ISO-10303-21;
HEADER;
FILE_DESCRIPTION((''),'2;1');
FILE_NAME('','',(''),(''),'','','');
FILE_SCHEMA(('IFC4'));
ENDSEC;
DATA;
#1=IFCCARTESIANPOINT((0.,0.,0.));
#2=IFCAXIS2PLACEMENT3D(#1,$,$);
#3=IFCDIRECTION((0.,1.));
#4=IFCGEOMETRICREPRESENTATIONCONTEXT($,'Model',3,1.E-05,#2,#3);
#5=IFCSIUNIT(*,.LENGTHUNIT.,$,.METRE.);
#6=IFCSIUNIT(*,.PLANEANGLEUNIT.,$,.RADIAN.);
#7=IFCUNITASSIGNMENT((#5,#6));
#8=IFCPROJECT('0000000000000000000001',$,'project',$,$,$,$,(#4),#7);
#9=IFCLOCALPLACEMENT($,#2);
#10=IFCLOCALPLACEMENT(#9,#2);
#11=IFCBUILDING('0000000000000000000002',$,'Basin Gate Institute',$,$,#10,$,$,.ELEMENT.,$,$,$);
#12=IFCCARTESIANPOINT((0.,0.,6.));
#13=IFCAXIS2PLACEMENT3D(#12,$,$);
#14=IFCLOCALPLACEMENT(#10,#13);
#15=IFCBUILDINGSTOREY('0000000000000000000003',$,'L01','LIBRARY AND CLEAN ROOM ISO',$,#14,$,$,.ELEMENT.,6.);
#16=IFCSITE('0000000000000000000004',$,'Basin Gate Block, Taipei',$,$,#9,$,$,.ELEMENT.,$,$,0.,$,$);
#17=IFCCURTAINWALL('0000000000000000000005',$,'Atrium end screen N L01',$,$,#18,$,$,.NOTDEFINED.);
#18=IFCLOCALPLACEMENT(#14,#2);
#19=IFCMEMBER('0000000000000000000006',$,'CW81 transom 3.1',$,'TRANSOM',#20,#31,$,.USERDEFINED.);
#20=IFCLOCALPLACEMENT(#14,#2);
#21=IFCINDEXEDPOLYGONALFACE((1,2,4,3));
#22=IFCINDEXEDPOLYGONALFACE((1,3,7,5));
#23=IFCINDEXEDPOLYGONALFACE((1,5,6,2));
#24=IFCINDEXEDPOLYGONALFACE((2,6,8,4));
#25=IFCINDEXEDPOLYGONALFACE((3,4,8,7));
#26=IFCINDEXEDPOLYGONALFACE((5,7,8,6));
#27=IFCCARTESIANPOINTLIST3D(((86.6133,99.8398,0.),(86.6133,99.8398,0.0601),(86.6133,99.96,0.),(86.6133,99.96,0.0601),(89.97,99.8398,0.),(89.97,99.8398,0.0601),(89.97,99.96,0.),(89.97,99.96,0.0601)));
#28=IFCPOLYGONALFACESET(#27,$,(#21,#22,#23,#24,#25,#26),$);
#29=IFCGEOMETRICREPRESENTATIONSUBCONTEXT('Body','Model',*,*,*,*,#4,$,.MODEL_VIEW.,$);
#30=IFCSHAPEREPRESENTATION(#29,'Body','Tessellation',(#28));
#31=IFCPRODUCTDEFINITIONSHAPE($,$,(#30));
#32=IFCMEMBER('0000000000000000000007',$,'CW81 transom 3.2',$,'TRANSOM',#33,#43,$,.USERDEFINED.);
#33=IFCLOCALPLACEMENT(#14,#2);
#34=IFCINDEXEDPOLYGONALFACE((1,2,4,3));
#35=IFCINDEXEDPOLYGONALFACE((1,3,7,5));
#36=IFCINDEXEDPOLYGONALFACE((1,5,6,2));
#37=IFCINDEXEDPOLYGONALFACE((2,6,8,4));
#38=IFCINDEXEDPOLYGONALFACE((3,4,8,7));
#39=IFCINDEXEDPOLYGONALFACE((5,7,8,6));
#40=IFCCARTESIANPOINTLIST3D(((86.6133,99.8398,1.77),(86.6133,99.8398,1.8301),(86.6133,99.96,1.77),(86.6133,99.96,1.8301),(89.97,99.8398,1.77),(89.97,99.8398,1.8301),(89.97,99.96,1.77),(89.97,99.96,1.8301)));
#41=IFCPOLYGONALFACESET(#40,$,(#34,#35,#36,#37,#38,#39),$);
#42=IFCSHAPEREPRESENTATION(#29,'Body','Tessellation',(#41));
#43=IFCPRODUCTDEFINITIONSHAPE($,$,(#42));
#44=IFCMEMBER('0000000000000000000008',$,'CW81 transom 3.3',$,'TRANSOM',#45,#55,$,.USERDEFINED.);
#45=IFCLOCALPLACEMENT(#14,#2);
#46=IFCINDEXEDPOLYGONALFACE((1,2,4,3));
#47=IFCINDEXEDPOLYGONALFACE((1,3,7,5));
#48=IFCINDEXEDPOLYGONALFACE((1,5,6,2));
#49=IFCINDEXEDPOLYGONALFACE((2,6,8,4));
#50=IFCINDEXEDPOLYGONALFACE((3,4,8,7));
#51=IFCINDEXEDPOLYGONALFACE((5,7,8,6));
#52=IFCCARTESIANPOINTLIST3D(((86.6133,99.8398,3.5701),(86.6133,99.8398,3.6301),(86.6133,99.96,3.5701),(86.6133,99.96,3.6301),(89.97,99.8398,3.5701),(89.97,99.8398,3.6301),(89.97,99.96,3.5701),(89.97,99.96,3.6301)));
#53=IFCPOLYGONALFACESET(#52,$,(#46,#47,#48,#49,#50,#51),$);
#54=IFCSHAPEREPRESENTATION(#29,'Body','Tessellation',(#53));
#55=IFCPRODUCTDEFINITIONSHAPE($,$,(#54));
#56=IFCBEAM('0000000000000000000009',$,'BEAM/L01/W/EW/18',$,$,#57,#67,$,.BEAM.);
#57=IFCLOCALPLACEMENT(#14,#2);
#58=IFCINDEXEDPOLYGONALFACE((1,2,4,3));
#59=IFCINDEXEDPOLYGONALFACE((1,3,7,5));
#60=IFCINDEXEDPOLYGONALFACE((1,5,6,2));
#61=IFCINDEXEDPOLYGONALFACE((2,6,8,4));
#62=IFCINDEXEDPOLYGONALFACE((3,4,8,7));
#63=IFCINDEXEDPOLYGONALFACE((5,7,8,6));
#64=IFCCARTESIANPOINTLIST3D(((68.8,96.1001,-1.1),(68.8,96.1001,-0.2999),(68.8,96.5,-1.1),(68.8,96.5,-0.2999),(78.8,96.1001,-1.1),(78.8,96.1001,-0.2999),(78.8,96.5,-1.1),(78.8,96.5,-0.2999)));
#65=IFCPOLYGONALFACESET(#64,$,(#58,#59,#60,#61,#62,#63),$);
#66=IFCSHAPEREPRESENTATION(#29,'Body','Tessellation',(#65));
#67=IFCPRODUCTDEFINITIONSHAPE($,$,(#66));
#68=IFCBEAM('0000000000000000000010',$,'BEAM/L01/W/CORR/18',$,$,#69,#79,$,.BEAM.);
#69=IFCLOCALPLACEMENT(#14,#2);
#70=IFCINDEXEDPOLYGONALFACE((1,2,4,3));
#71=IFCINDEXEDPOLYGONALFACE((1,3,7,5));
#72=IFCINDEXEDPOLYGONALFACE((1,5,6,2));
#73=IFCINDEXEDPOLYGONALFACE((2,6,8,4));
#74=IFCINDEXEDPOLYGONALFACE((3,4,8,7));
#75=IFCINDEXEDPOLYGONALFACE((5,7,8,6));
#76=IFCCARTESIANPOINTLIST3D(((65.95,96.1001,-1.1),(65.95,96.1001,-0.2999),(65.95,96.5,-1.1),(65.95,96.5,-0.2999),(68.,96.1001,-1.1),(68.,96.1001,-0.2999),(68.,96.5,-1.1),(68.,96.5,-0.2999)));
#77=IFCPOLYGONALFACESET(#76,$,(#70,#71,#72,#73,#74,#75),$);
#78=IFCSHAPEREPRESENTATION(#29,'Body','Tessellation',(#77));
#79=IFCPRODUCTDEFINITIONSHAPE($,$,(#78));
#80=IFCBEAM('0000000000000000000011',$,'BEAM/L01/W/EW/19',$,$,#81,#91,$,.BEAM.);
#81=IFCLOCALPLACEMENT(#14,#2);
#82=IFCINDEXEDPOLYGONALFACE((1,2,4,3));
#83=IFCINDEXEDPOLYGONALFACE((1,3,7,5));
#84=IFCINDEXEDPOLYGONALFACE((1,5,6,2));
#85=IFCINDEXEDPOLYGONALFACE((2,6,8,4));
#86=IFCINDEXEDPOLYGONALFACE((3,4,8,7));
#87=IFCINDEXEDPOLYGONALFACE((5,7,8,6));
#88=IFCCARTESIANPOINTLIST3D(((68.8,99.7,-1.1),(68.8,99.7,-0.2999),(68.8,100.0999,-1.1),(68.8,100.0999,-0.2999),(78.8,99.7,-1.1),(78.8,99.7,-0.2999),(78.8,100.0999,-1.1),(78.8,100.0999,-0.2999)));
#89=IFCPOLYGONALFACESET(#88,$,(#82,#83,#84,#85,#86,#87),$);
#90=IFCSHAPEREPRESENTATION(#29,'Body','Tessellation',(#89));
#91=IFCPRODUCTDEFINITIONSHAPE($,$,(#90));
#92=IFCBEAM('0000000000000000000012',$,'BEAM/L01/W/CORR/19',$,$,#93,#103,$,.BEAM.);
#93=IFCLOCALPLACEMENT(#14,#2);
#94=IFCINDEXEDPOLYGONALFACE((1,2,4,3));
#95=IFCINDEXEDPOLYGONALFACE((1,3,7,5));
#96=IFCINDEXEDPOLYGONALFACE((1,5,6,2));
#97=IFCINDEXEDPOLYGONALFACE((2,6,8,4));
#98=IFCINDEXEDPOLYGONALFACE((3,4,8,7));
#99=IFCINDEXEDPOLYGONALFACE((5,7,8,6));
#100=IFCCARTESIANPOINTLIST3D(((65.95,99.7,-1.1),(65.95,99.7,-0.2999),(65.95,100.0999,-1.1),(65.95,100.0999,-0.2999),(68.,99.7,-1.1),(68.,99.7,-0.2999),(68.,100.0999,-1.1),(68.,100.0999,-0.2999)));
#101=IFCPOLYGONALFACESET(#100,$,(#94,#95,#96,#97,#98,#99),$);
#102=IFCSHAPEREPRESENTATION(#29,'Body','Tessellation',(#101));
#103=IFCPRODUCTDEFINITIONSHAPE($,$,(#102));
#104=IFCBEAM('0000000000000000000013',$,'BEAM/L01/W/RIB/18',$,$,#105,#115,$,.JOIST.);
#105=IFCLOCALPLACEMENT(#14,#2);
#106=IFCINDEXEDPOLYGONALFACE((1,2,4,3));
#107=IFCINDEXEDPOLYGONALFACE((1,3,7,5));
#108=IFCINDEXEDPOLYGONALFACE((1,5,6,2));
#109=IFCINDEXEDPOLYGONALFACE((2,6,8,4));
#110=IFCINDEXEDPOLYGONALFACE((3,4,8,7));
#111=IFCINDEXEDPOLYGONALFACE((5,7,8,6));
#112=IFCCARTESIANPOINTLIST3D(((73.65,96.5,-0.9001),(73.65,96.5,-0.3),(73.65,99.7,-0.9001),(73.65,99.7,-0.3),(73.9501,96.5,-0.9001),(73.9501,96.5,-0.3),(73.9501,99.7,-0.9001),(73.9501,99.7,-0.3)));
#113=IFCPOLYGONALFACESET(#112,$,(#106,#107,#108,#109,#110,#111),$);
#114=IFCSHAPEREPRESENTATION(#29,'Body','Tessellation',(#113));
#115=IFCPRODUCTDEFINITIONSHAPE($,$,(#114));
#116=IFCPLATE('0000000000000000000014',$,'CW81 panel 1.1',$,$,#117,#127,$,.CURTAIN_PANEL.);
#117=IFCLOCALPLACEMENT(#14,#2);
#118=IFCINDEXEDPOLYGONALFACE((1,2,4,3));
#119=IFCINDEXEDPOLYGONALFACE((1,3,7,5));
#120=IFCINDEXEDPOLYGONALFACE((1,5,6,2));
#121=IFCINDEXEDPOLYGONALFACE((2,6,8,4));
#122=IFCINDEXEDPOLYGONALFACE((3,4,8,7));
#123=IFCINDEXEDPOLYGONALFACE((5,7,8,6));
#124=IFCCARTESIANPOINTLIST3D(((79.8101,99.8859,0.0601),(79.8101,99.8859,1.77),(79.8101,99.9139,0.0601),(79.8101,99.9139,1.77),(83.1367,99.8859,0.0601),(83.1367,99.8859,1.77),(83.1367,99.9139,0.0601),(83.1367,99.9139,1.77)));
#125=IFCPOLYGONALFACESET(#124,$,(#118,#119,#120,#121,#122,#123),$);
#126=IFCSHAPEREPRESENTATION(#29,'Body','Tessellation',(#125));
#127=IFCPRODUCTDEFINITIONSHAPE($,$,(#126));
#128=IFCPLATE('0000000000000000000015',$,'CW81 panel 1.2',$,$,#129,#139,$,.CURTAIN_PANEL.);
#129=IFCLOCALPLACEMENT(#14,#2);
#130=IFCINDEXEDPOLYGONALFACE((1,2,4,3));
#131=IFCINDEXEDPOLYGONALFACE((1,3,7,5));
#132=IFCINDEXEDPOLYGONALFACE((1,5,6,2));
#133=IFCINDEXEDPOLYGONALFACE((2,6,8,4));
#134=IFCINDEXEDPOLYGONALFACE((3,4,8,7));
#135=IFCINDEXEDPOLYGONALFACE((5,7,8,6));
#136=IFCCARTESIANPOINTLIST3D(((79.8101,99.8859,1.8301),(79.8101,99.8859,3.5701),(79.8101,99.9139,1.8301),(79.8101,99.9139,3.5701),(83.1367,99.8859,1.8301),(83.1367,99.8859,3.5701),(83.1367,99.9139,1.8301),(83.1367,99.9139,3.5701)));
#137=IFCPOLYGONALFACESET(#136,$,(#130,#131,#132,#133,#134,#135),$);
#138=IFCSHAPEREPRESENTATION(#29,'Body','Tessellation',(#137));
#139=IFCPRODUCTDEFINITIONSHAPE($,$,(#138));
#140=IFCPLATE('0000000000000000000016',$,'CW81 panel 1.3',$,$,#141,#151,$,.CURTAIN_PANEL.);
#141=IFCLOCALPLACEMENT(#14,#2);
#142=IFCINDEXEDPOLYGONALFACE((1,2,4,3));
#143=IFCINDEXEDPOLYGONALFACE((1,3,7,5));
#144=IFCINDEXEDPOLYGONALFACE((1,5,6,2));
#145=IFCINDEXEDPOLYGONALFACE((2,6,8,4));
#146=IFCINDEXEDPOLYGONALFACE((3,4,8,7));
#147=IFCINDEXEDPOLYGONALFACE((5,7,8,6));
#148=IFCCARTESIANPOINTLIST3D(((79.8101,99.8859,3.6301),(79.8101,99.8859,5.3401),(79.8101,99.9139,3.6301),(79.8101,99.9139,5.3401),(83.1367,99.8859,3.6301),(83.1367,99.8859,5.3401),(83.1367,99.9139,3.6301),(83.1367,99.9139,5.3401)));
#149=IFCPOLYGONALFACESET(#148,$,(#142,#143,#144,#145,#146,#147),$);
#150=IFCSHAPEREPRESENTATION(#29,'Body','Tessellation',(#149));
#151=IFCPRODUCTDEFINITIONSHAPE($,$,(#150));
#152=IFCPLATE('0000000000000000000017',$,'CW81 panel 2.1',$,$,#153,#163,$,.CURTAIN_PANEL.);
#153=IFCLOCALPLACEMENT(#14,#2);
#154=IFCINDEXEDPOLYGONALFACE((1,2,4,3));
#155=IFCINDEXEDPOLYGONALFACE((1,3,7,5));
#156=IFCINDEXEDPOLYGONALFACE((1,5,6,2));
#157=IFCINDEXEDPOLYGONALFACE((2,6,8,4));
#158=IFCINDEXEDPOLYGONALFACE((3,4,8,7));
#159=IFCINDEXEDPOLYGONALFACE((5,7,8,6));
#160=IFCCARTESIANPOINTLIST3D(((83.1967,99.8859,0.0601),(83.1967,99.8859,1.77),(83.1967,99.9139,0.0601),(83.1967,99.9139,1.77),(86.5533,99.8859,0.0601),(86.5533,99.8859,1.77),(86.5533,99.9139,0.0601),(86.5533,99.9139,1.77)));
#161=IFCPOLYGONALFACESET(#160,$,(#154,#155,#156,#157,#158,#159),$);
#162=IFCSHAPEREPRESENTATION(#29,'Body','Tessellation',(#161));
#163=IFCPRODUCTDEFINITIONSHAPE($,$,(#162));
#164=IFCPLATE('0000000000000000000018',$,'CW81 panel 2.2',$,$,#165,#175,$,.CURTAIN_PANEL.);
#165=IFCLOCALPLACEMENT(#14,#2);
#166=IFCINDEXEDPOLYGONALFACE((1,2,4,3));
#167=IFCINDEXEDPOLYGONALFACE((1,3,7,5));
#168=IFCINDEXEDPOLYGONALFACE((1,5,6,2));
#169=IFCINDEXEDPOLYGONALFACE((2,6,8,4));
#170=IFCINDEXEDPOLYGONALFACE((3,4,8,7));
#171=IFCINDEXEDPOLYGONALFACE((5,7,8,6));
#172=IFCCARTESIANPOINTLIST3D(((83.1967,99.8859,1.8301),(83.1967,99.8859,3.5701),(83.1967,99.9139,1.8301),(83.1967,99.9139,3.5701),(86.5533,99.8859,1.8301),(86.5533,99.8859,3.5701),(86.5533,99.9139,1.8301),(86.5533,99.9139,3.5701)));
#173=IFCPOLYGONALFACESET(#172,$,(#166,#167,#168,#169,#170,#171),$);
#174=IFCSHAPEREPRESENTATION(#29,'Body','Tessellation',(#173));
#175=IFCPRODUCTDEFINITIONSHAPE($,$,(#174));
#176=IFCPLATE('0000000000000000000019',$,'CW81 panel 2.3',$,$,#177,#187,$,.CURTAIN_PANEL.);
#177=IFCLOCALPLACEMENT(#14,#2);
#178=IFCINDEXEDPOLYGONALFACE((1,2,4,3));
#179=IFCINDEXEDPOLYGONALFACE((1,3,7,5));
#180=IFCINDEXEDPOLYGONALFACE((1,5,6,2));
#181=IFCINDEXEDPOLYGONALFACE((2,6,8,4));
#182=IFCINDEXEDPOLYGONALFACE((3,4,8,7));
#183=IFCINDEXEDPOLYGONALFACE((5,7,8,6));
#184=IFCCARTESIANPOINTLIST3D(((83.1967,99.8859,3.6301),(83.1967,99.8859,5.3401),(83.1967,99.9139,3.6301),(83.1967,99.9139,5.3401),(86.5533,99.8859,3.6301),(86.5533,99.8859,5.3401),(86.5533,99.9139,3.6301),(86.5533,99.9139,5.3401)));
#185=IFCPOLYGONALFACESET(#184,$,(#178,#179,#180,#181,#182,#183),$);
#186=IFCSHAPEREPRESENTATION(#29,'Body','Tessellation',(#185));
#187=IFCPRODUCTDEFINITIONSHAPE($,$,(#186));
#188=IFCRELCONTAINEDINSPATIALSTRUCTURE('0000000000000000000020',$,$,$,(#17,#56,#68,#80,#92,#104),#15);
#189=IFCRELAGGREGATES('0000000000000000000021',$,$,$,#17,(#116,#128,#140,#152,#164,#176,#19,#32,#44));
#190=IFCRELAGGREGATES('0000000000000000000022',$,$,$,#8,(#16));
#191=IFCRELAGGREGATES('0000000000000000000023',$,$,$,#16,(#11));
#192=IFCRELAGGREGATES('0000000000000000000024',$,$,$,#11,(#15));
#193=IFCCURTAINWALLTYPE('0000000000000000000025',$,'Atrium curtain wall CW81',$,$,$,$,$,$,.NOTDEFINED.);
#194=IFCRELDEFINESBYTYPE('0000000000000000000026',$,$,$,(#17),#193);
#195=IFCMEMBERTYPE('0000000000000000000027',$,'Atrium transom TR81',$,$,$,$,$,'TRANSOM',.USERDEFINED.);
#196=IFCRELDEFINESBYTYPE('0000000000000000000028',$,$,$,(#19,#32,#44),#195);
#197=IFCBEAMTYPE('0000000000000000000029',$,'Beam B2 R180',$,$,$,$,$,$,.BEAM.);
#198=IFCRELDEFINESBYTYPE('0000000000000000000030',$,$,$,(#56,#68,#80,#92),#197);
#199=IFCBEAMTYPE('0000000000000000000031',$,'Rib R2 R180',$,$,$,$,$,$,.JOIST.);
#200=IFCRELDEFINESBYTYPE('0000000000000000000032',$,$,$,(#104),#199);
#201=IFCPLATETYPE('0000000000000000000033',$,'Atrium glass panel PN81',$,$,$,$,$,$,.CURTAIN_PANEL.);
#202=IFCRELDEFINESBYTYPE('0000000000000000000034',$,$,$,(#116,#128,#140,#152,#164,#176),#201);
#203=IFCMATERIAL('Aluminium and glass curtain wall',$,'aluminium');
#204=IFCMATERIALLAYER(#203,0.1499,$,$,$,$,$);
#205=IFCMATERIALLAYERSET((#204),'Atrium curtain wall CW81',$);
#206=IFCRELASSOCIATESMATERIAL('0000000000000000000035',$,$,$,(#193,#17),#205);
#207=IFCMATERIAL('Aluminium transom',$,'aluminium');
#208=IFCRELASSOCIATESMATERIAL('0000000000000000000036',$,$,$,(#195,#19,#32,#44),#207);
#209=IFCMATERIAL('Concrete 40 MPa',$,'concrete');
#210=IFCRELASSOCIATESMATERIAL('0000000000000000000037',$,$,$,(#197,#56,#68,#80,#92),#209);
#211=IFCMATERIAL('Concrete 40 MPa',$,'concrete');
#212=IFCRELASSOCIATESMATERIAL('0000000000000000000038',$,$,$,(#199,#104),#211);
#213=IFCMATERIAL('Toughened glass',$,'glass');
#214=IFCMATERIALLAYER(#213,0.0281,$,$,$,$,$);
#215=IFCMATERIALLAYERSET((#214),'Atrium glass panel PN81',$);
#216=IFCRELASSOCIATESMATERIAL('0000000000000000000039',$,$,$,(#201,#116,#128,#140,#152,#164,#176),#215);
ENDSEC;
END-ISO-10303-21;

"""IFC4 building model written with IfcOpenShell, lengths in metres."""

from ifc_helpers import new_model, si_unit, direction, frame, origin, origin_2d, place, context, subcontext, project, spatial, rectangle, extrude, material, layer, layer_set, material_profile, profile_set, type_object, element, aggregate, save


model = new_model("IFC4")

# Units and contexts
model_context = context("Model", 3, precision=1e-05, world=origin(), true_north=direction((0.0, 1.0)))
body_context = subcontext(model_context, "Body", "Model", "MODEL_VIEW")
ifc_project = project(units=[si_unit("LENGTHUNIT", "METRE"), si_unit("PLANEANGLEUNIT", "RADIAN")], contexts=[model_context])

# Site, building, storey
site_placement = place(None, origin())
site = spatial("IfcSite", under=ifc_project, at=site_placement, Name="Basin Gate Block, Taipei", CompositionType="ELEMENT", RefElevation=0.0)
building_placement = place(site_placement, origin())
building = spatial("IfcBuilding", under=site, at=building_placement, Name="Basin Gate Institute", CompositionType="ELEMENT")
storey_placement = place(building_placement, frame((0.0, 0.0, 6.0)))
storey = spatial("IfcBuildingStorey", under=building, at=storey_placement, Name="L01", Description="LIBRARY AND CLEAN ROOM ISO", CompositionType="ELEMENT", Elevation=6.0)

# Curtain wall, members
ifc_material_1 = material(Name="Aluminium and glass curtain wall", Category="aluminium")
ifc_layer_1 = layer(ifc_material_1, 0.1499)
ifc_layer_set_1 = layer_set([ifc_layer_1], Name="Atrium curtain wall CW81")
curtain_wall_type = type_object("IfcCurtainWallType", Name="Atrium curtain wall CW81", PredefinedType="NOTDEFINED", material=ifc_layer_set_1)
curtain_wall_placement = place(storey_placement, origin())
curtain_wall = element("IfcCurtainWall", 1, at=curtain_wall_placement, inside=storey, type_object=curtain_wall_type, material=ifc_layer_set_1, Name="Atrium end screen N L01", PredefinedType="NOTDEFINED")
ifc_material_2 = material(Name="Aluminium transom", Category="aluminium")
ifc_material_profile_1 = material_profile(ifc_material_2, rectangle(XDim=0.1201, YDim=0.0601, at=origin_2d()), Name="Atrium transom TR81 120 x 60")
ifc_profile_set_1 = profile_set([ifc_material_profile_1], Name="Aluminium transom")
member_type_1 = type_object("IfcMemberType", Name="Atrium transom TR81", ElementType="TRANSOM", PredefinedType="USERDEFINED", material=ifc_profile_set_1)
member_1_placement = place(storey_placement, frame((86.6133, 99.8999, 0.03), z_axis=(1.0, 0.0, 0.0), x_axis=(0.0, 1.0, 0.0)))
member_1 = element("IfcMember", 2, at=member_1_placement, type_object=member_type_1, material=ifc_profile_set_1, Name="CW81 transom 3.1", ObjectType="TRANSOM", PredefinedType="USERDEFINED", context=body_context, shape_type="SweptSolid", body=[
    extrude(rectangle(XDim=0.1201, YDim=0.0601, at=origin_2d()), origin(), (0.0, 0.0, 1.0), 3.3567),
])
member_2_placement = place(storey_placement, frame((86.6133, 99.8999, 1.8), z_axis=(1.0, 0.0, 0.0), x_axis=(0.0, 1.0, 0.0)))
member_2 = element("IfcMember", 3, at=member_2_placement, type_object=member_type_1, material=ifc_profile_set_1, Name="CW81 transom 3.2", ObjectType="TRANSOM", PredefinedType="USERDEFINED", context=body_context, shape_type="SweptSolid", body=[
    extrude(rectangle(XDim=0.1201, YDim=0.0601, at=origin_2d()), origin(), (0.0, 0.0, 1.0), 3.3567),
])
member_3_placement = place(storey_placement, frame((86.6133, 99.8999, 3.6001), z_axis=(1.0, 0.0, 0.0), x_axis=(0.0, 1.0, 0.0)))
member_3 = element("IfcMember", 4, at=member_3_placement, type_object=member_type_1, material=ifc_profile_set_1, Name="CW81 transom 3.3", ObjectType="TRANSOM", PredefinedType="USERDEFINED", context=body_context, shape_type="SweptSolid", body=[
    extrude(rectangle(XDim=0.1201, YDim=0.0601, at=origin_2d()), origin(), (0.0, 0.0, 1.0), 3.3567),
])

# Beams
ifc_material_3 = material(Name="Concrete 40 MPa", Category="concrete")
ifc_material_profile_2 = material_profile(ifc_material_3, rectangle(XDim=0.3999, YDim=0.8, at=origin_2d()), Name="Beam B2 400 x 800")
ifc_profile_set_2 = profile_set([ifc_material_profile_2], Name="Concrete 40 MPa")
beam_type_1 = type_object("IfcBeamType", Name="Beam B2 R180", PredefinedType="BEAM", material=ifc_profile_set_2)
beam_1_placement = place(storey_placement, frame((68.8, 96.3, -0.7), z_axis=(1.0, 0.0, 0.0), x_axis=(0.0, 1.0, 0.0)))
element("IfcBeam", 5, at=beam_1_placement, inside=storey, type_object=beam_type_1, material=ifc_profile_set_2, Name="BEAM/L01/W/EW/18", PredefinedType="BEAM", context=body_context, shape_type="SweptSolid", body=[
    extrude(rectangle(XDim=0.3999, YDim=0.8, at=origin_2d()), origin(), (0.0, 0.0, 1.0), 10.0),
])
beam_2_placement = place(storey_placement, frame((65.95, 96.3, -0.7), z_axis=(1.0, 0.0, 0.0), x_axis=(0.0, 1.0, 0.0)))
element("IfcBeam", 6, at=beam_2_placement, inside=storey, type_object=beam_type_1, material=ifc_profile_set_2, Name="BEAM/L01/W/CORR/18", PredefinedType="BEAM", context=body_context, shape_type="SweptSolid", body=[
    extrude(rectangle(XDim=0.3999, YDim=0.8, at=origin_2d()), origin(), (0.0, 0.0, 1.0), 2.05),
])
beam_3_placement = place(storey_placement, frame((68.8, 99.8999, -0.7), z_axis=(1.0, 0.0, 0.0), x_axis=(0.0, 1.0, 0.0)))
element("IfcBeam", 7, at=beam_3_placement, inside=storey, type_object=beam_type_1, material=ifc_profile_set_2, Name="BEAM/L01/W/EW/19", PredefinedType="BEAM", context=body_context, shape_type="SweptSolid", body=[
    extrude(rectangle(XDim=0.3999, YDim=0.8, at=origin_2d()), origin(), (0.0, 0.0, 1.0), 10.0),
])
beam_4_placement = place(storey_placement, frame((65.95, 99.8999, -0.7), z_axis=(1.0, 0.0, 0.0), x_axis=(0.0, 1.0, 0.0)))
element("IfcBeam", 8, at=beam_4_placement, inside=storey, type_object=beam_type_1, material=ifc_profile_set_2, Name="BEAM/L01/W/CORR/19", PredefinedType="BEAM", context=body_context, shape_type="SweptSolid", body=[
    extrude(rectangle(XDim=0.3999, YDim=0.8, at=origin_2d()), origin(), (0.0, 0.0, 1.0), 2.05),
])
ifc_material_4 = material(Name="Concrete 40 MPa", Category="concrete")
ifc_material_profile_3 = material_profile(ifc_material_4, rectangle(XDim=0.3, YDim=0.6001, at=origin_2d()), Name="Rib R2 300 x 600")
ifc_profile_set_3 = profile_set([ifc_material_profile_3], Name="Concrete 40 MPa")
beam_type_2 = type_object("IfcBeamType", Name="Rib R2 R180", PredefinedType="JOIST", material=ifc_profile_set_3)
beam_5_placement = place(storey_placement, frame((73.8, 96.5, -0.6001), z_axis=(0.0, 1.0, 0.0), x_axis=(-1.0, 0.0, 0.0)))
element("IfcBeam", 9, at=beam_5_placement, inside=storey, type_object=beam_type_2, material=ifc_profile_set_3, Name="BEAM/L01/W/RIB/18", PredefinedType="JOIST", context=body_context, shape_type="SweptSolid", body=[
    extrude(rectangle(XDim=0.3, YDim=0.6001, at=origin_2d()), origin(), (0.0, 0.0, 1.0), 3.2),
])

# Plates
ifc_material_5 = material(Name="Toughened glass", Category="glass")
ifc_layer_2 = layer(ifc_material_5, 0.0281)
ifc_layer_set_2 = layer_set([ifc_layer_2], Name="Atrium glass panel PN81")
plate_type = type_object("IfcPlateType", Name="Atrium glass panel PN81", PredefinedType="CURTAIN_PANEL", material=ifc_layer_set_2)
plate_1_placement = place(storey_placement, frame((81.4734, 99.8999, 0.0601), z_axis=(0.0, 0.0, 1.0), x_axis=(1.0, 0.0, 0.0)))
plate_1 = element("IfcPlate", 10, at=plate_1_placement, type_object=plate_type, material=ifc_layer_set_2, Name="CW81 panel 1.1", PredefinedType="CURTAIN_PANEL", context=body_context, shape_type="SweptSolid", body=[
    extrude(rectangle(XDim=3.3267, YDim=0.0281, at=origin_2d()), origin(), (0.0, 0.0, 1.0), 1.71),
])
plate_2_placement = place(storey_placement, frame((81.4734, 99.8999, 1.8301), z_axis=(0.0, 0.0, 1.0), x_axis=(1.0, 0.0, 0.0)))
plate_2 = element("IfcPlate", 11, at=plate_2_placement, type_object=plate_type, material=ifc_layer_set_2, Name="CW81 panel 1.2", PredefinedType="CURTAIN_PANEL", context=body_context, shape_type="SweptSolid", body=[
    extrude(rectangle(XDim=3.3267, YDim=0.0281, at=origin_2d()), origin(), (0.0, 0.0, 1.0), 1.74),
])
plate_3_placement = place(storey_placement, frame((81.4734, 99.8999, 3.6301), z_axis=(0.0, 0.0, 1.0), x_axis=(1.0, 0.0, 0.0)))
plate_3 = element("IfcPlate", 12, at=plate_3_placement, type_object=plate_type, material=ifc_layer_set_2, Name="CW81 panel 1.3", PredefinedType="CURTAIN_PANEL", context=body_context, shape_type="SweptSolid", body=[
    extrude(rectangle(XDim=3.3267, YDim=0.0281, at=origin_2d()), origin(), (0.0, 0.0, 1.0), 1.71),
])
plate_4_placement = place(storey_placement, frame((84.875, 99.8999, 0.0601), z_axis=(0.0, 0.0, 1.0), x_axis=(1.0, 0.0, 0.0)))
plate_4 = element("IfcPlate", 13, at=plate_4_placement, type_object=plate_type, material=ifc_layer_set_2, Name="CW81 panel 2.1", PredefinedType="CURTAIN_PANEL", context=body_context, shape_type="SweptSolid", body=[
    extrude(rectangle(XDim=3.3567, YDim=0.0281, at=origin_2d()), origin(), (0.0, 0.0, 1.0), 1.71),
])
plate_5_placement = place(storey_placement, frame((84.875, 99.8999, 1.8301), z_axis=(0.0, 0.0, 1.0), x_axis=(1.0, 0.0, 0.0)))
plate_5 = element("IfcPlate", 14, at=plate_5_placement, type_object=plate_type, material=ifc_layer_set_2, Name="CW81 panel 2.2", PredefinedType="CURTAIN_PANEL", context=body_context, shape_type="SweptSolid", body=[
    extrude(rectangle(XDim=3.3567, YDim=0.0281, at=origin_2d()), origin(), (0.0, 0.0, 1.0), 1.74),
])
plate_6_placement = place(storey_placement, frame((84.875, 99.8999, 3.6301), z_axis=(0.0, 0.0, 1.0), x_axis=(1.0, 0.0, 0.0)))
plate_6 = element("IfcPlate", 15, at=plate_6_placement, type_object=plate_type, material=ifc_layer_set_2, Name="CW81 panel 2.3", PredefinedType="CURTAIN_PANEL", context=body_context, shape_type="SweptSolid", body=[
    extrude(rectangle(XDim=3.3567, YDim=0.0281, at=origin_2d()), origin(), (0.0, 0.0, 1.0), 1.71),
])
aggregate(curtain_wall, [plate_1, plate_2, plate_3, plate_4, plate_5, plate_6, member_1, member_2, member_3])

save(model, "model.ifc")
